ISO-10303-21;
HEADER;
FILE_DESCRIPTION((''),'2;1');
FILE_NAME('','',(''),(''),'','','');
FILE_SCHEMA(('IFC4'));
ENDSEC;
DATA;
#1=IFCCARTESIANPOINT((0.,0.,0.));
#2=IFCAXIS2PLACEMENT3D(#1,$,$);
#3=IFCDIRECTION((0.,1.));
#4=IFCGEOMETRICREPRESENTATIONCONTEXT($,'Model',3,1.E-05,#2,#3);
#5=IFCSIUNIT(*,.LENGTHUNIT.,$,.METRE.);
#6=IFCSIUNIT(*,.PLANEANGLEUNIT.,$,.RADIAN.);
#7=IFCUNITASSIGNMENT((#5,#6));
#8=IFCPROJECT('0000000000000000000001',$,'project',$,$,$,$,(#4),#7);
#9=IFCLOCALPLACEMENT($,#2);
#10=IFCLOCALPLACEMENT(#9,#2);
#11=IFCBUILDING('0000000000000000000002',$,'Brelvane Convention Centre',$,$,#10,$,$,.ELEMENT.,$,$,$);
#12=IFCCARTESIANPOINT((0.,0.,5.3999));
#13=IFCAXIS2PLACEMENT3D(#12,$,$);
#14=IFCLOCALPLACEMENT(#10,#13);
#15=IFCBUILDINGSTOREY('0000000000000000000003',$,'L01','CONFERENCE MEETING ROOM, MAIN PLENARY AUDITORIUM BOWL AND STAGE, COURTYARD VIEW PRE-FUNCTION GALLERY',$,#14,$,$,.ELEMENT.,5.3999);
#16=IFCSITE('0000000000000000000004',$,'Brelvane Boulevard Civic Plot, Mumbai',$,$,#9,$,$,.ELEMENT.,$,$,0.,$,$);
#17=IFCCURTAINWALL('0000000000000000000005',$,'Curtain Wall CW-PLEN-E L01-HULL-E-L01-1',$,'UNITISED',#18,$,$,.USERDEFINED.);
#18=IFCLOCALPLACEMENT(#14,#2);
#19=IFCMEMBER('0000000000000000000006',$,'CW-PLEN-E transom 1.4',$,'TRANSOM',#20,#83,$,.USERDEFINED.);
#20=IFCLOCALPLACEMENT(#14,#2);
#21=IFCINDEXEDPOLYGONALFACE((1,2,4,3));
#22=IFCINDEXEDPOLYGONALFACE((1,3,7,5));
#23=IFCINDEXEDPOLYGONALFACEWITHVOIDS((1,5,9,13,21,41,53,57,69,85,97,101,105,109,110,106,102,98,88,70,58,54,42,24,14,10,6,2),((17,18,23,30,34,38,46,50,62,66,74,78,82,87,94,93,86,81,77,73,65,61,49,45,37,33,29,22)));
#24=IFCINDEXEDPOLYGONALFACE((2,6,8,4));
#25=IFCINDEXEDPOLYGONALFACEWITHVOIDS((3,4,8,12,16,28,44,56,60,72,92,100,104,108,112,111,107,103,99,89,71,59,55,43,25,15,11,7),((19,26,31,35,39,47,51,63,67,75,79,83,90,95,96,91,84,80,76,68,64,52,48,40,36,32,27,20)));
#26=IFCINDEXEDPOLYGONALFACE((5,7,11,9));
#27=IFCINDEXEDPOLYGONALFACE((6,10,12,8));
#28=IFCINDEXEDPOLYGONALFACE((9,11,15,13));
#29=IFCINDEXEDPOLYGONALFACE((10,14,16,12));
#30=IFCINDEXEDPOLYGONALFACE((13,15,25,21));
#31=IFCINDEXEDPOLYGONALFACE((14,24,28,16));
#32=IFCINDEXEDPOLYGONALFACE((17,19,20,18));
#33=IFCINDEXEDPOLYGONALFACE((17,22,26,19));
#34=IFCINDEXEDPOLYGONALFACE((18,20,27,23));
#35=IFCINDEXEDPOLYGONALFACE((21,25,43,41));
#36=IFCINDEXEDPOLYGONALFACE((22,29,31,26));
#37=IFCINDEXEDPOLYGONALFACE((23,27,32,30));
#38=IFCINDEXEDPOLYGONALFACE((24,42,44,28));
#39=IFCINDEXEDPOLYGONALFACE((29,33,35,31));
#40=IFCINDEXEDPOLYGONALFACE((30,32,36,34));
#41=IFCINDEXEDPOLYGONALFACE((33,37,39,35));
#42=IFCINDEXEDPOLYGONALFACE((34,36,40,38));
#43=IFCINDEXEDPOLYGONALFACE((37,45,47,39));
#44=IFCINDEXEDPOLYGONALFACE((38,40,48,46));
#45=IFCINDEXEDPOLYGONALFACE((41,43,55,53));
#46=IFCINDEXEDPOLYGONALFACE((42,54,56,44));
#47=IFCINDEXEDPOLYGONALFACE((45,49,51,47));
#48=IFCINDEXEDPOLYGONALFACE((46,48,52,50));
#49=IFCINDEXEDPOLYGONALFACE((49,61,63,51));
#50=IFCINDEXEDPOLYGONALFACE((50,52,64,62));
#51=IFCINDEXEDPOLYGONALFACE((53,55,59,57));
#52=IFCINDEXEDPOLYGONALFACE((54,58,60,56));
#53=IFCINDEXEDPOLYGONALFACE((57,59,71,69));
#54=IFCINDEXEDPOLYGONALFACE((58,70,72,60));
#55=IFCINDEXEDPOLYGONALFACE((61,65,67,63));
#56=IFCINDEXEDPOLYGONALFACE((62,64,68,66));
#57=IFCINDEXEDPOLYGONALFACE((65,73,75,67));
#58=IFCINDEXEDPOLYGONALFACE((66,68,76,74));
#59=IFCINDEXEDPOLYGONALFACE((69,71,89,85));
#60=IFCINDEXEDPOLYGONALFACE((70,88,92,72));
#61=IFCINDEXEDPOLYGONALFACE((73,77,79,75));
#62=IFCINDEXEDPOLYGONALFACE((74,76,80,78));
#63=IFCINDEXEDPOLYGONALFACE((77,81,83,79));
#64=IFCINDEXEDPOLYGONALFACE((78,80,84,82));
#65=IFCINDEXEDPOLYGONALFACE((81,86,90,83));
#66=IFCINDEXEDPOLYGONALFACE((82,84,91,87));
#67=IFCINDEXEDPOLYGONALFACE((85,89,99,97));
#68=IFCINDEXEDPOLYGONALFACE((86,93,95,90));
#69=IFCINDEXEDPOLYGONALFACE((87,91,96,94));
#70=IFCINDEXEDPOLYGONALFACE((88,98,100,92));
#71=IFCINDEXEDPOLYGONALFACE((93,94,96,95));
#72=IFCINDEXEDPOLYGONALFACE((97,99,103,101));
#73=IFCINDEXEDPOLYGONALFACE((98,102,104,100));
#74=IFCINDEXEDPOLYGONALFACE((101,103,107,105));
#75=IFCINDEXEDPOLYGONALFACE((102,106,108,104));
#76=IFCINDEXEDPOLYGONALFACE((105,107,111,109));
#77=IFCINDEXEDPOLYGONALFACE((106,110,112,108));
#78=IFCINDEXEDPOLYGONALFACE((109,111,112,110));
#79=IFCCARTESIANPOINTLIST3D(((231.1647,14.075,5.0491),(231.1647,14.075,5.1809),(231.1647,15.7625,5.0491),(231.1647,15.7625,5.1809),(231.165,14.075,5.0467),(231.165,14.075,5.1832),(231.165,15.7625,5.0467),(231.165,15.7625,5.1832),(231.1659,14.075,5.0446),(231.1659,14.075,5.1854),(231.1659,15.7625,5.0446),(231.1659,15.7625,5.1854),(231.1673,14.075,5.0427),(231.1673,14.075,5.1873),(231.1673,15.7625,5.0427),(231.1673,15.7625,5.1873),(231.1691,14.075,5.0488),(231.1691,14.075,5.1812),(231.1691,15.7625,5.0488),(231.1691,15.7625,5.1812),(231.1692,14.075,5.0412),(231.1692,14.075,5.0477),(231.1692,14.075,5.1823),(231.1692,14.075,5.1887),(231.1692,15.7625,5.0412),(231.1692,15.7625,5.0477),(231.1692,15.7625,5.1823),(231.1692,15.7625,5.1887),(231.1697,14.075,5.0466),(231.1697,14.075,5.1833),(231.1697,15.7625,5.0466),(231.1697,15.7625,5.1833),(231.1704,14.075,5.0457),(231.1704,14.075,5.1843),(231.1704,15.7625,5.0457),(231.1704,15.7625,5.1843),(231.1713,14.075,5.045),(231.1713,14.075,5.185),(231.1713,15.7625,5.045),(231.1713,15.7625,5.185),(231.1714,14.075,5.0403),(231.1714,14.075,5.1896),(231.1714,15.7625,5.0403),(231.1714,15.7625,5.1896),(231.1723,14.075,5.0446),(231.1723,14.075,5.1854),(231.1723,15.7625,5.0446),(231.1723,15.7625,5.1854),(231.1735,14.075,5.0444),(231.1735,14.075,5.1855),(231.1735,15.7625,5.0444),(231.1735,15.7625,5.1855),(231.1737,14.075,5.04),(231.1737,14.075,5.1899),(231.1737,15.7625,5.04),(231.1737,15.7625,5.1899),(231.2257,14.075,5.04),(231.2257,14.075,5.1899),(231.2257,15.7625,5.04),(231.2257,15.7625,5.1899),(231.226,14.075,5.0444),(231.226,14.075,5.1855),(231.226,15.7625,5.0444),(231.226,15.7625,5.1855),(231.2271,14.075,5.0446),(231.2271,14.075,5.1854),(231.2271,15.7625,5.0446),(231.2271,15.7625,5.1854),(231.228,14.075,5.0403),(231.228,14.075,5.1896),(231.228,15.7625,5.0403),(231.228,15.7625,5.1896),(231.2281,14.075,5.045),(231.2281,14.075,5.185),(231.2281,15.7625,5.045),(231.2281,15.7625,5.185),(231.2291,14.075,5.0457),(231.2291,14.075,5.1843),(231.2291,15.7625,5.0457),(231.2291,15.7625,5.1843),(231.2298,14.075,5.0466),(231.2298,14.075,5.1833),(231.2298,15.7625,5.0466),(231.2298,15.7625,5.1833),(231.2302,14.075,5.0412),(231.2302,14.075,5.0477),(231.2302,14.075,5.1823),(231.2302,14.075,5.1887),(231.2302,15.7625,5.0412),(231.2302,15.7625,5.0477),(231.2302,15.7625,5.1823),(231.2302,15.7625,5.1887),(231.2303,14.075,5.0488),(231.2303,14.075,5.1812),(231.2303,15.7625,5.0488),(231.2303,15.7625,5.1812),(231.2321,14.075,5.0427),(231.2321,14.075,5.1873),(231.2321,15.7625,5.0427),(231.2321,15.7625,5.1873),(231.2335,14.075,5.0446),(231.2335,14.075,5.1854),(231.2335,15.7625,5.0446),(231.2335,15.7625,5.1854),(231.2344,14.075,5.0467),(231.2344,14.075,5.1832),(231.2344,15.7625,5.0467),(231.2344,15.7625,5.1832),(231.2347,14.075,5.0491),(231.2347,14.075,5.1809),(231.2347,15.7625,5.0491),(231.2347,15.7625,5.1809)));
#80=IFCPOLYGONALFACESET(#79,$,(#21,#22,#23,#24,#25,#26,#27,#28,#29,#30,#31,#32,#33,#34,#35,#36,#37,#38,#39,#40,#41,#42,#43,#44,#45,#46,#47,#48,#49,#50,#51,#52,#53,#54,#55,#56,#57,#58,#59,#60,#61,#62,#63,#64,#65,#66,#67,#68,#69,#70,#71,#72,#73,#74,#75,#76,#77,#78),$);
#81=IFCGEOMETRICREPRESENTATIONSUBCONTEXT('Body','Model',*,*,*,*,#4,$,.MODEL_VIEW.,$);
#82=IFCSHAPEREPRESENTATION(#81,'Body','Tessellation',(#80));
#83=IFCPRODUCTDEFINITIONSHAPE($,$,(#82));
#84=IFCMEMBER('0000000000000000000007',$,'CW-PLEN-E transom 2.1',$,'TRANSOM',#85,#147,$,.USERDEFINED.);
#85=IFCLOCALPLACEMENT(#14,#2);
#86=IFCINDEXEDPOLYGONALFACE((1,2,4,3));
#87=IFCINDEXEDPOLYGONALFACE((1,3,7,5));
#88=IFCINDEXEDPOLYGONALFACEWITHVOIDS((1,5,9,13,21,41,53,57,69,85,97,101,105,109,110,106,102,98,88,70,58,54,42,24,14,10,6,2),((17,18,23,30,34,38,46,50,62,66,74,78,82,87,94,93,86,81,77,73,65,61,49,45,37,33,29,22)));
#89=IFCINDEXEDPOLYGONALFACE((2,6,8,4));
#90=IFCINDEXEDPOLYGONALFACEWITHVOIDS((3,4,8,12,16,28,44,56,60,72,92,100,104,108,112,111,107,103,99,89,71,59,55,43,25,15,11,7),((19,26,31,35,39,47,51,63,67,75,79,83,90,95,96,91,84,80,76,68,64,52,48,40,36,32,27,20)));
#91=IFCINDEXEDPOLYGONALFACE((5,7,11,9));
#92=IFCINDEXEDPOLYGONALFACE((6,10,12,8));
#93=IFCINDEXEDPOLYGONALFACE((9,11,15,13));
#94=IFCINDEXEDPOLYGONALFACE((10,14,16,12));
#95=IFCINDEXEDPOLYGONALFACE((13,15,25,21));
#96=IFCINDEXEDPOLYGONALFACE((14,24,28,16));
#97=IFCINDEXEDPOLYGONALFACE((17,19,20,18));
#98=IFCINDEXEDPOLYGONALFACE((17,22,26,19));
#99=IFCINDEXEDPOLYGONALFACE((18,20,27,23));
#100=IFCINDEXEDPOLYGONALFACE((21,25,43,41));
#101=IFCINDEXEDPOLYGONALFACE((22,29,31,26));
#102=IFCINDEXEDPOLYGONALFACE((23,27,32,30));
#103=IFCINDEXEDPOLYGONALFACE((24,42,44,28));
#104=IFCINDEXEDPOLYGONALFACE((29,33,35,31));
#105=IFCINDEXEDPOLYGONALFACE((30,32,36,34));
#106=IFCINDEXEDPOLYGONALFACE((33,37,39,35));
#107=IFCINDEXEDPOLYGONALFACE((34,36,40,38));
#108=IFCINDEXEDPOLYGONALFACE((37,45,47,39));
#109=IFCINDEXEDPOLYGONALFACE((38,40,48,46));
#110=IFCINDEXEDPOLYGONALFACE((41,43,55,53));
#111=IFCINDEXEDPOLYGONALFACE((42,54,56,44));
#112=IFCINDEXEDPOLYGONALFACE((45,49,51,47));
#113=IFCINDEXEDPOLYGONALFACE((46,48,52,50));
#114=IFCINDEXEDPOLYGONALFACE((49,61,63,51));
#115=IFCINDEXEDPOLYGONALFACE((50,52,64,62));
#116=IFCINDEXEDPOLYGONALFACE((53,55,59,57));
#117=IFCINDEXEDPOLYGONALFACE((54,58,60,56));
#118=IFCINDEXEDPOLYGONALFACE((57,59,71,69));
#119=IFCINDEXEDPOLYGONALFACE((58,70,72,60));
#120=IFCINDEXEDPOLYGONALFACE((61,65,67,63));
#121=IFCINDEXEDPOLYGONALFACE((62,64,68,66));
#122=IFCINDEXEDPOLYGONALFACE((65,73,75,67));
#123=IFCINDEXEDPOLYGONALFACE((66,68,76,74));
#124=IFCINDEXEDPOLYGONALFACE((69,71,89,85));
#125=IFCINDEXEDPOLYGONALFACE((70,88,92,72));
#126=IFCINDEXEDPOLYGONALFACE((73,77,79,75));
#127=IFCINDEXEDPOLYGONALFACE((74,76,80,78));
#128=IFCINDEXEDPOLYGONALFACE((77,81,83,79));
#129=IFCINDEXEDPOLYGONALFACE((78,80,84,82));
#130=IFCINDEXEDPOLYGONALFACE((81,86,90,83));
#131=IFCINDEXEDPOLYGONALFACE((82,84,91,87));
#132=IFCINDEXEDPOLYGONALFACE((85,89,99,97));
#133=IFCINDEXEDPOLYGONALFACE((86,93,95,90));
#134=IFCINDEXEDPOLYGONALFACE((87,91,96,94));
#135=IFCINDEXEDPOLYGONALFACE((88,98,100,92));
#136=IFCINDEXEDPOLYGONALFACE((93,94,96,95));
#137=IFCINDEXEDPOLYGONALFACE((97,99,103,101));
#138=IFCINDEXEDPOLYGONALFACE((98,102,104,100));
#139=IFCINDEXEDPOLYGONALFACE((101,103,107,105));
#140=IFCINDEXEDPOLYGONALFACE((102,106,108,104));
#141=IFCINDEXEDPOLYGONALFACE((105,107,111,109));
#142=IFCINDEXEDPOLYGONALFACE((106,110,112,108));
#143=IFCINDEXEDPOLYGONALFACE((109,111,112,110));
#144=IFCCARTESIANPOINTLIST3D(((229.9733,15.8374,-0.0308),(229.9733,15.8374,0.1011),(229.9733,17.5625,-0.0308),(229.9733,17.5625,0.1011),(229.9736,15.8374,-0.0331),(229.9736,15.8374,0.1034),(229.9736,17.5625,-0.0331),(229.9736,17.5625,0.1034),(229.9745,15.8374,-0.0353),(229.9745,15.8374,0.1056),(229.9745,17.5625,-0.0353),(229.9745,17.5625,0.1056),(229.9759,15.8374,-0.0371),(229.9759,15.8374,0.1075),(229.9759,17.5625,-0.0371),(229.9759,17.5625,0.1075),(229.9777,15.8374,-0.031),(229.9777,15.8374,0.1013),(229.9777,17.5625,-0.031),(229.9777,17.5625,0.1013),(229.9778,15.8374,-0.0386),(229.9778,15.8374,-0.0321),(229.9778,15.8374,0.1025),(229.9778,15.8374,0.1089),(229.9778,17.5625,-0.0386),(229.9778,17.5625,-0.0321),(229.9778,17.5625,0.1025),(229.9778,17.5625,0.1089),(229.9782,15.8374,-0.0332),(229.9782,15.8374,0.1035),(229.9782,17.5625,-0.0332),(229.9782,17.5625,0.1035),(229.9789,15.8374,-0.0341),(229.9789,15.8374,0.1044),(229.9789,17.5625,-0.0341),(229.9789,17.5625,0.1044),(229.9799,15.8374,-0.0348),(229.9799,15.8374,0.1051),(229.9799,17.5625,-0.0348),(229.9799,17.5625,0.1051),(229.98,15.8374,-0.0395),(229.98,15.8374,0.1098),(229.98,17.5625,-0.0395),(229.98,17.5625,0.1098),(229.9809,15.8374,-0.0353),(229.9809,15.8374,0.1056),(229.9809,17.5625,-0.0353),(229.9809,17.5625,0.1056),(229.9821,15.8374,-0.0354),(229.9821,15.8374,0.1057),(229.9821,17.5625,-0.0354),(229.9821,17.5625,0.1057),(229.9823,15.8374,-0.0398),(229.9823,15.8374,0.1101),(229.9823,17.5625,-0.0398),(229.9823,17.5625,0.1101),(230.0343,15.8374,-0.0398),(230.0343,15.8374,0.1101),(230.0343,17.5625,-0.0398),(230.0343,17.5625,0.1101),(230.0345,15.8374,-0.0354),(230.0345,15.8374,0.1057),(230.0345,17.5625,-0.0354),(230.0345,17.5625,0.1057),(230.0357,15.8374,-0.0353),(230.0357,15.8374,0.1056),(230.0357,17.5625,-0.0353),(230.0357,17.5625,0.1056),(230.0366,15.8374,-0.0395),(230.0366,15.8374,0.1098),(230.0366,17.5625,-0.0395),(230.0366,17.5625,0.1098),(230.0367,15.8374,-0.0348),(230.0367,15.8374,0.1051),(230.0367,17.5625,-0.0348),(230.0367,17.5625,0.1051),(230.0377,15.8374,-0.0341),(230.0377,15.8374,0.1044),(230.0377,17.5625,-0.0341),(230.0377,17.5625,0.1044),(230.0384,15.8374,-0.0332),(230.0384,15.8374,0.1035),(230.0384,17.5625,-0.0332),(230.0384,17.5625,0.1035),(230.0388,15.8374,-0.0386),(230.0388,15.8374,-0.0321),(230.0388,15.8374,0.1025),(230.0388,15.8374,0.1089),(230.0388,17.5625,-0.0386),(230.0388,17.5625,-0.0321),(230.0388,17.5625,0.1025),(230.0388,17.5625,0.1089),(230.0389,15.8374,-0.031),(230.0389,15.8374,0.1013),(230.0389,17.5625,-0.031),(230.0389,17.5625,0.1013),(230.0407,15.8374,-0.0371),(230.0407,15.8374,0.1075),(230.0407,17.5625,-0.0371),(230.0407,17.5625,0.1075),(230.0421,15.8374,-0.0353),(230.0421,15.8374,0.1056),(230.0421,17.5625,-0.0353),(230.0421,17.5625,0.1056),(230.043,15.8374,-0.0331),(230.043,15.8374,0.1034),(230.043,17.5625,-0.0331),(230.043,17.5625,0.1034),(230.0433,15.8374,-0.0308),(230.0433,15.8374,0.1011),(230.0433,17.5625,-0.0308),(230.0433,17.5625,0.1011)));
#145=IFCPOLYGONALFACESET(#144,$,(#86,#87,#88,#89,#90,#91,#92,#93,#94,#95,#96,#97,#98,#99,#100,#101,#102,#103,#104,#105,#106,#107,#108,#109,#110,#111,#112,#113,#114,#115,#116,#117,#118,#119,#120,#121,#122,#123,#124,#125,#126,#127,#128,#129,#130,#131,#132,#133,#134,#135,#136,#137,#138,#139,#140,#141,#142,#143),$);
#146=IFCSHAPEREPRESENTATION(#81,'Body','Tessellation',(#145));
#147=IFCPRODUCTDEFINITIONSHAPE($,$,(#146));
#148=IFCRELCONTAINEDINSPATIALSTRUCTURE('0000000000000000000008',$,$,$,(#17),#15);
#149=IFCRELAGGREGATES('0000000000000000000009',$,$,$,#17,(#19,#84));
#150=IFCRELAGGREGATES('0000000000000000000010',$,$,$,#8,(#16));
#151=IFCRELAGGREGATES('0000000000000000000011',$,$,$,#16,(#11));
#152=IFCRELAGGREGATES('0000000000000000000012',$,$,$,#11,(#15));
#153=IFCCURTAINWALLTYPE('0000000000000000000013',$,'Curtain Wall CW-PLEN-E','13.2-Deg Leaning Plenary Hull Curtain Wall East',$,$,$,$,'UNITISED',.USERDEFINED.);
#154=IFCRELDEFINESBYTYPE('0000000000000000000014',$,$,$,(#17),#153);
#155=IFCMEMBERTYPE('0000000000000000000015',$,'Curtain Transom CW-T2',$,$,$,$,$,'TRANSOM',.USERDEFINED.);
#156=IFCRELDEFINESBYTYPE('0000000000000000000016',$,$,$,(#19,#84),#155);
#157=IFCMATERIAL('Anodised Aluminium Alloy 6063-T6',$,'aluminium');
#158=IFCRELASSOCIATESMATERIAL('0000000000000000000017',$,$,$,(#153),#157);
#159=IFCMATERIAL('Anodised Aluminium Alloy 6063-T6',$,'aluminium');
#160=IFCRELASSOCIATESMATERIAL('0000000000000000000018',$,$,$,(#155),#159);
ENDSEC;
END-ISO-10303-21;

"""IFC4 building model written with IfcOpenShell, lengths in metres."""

from ifc_helpers import new_model, si_unit, direction, frame, origin, origin_2d, place, context, subcontext, project, spatial, hollow_rectangle, extrude, material, material_profile, profile_set, type_object, element, aggregate, save


model = new_model("IFC4")

# Units and contexts
model_context = context("Model", 3, precision=1e-05, world=origin(), true_north=direction((0.0, 1.0)))
body_context = subcontext(model_context, "Body", "Model", "MODEL_VIEW")
ifc_project = project(units=[si_unit("LENGTHUNIT", "METRE"), si_unit("PLANEANGLEUNIT", "RADIAN")], contexts=[model_context])

# Site, building, storey
site_placement = place(None, origin())
site = spatial("IfcSite", under=ifc_project, at=site_placement, Name="Brelvane Boulevard Civic Plot, Mumbai", CompositionType="ELEMENT", RefElevation=0.0)
building_placement = place(site_placement, origin())
building = spatial("IfcBuilding", under=site, at=building_placement, Name="Brelvane Convention Centre", CompositionType="ELEMENT")
storey_placement = place(building_placement, frame((0.0, 0.0, 5.3999)))
storey = spatial("IfcBuildingStorey", under=building, at=storey_placement, Name="L01", Description="CONFERENCE MEETING ROOM, MAIN PLENARY AUDITORIUM BOWL AND STAGE, COURTYARD VIEW PRE-FUNCTION GALLERY", CompositionType="ELEMENT", Elevation=5.3999)

# Curtain wall, members
ifc_material_1 = material(Name="Anodised Aluminium Alloy 6063-T6", Category="aluminium")
curtain_wall_type = type_object("IfcCurtainWallType", Name="Curtain Wall CW-PLEN-E", Description="13.2-Deg Leaning Plenary Hull Curtain Wall East", ElementType="UNITISED", PredefinedType="USERDEFINED", material=ifc_material_1)
curtain_wall_placement = place(storey_placement, origin())
curtain_wall = element("IfcCurtainWall", 1, at=curtain_wall_placement, inside=storey, type_object=curtain_wall_type, Name="Curtain Wall CW-PLEN-E L01-HULL-E-L01-1", ObjectType="UNITISED", PredefinedType="USERDEFINED")
ifc_material_2 = material(Name="Anodised Aluminium Alloy 6063-T6", Category="aluminium")
ifc_material_profile_1 = material_profile(ifc_material_2, hollow_rectangle(XDim=0.0701, YDim=0.1499, WallThickness=0.0044, InnerFilletRadius=0.0044, OuterFilletRadius=0.009, at=origin_2d()), Name="ALU-T 150x70x4.5")
ifc_profile_set_1 = profile_set([ifc_material_profile_1], Name="Anodised Aluminium Alloy 6063-T6")
member_type_1 = type_object("IfcMemberType", Name="Curtain Transom CW-T2", ElementType="TRANSOM", PredefinedType="USERDEFINED", material=ifc_profile_set_1)
member_1_placement = place(storey_placement, frame((231.1997, 14.075, 5.115), z_axis=(0.0, 1.0, 0.0), x_axis=(-1.0, 0.0, 0.0)))
member_1 = element("IfcMember", 2, at=member_1_placement, type_object=member_type_1, Name="CW-PLEN-E transom 1.4", ObjectType="TRANSOM", PredefinedType="USERDEFINED", context=body_context, shape_type="SweptSolid", body=[
    extrude(hollow_rectangle(XDim=0.0701, YDim=0.1499, WallThickness=0.0044, InnerFilletRadius=0.0044, OuterFilletRadius=0.009, at=origin_2d()), origin(), (0.0, 0.0, 1.0), 1.6875),
])
member_2_placement = place(storey_placement, frame((230.0083, 15.8374, 0.0352), z_axis=(0.0, 1.0, 0.0), x_axis=(-1.0, 0.0, 0.0)))
member_2 = element("IfcMember", 3, at=member_2_placement, type_object=member_type_1, Name="CW-PLEN-E transom 2.1", ObjectType="TRANSOM", PredefinedType="USERDEFINED", context=body_context, shape_type="SweptSolid", body=[
    extrude(hollow_rectangle(XDim=0.0701, YDim=0.1499, WallThickness=0.0044, InnerFilletRadius=0.0044, OuterFilletRadius=0.009, at=origin_2d()), origin(), (0.0, 0.0, 1.0), 1.7251),
])

aggregate(curtain_wall, [member_1, member_2])

save(model, "model.ifc")
